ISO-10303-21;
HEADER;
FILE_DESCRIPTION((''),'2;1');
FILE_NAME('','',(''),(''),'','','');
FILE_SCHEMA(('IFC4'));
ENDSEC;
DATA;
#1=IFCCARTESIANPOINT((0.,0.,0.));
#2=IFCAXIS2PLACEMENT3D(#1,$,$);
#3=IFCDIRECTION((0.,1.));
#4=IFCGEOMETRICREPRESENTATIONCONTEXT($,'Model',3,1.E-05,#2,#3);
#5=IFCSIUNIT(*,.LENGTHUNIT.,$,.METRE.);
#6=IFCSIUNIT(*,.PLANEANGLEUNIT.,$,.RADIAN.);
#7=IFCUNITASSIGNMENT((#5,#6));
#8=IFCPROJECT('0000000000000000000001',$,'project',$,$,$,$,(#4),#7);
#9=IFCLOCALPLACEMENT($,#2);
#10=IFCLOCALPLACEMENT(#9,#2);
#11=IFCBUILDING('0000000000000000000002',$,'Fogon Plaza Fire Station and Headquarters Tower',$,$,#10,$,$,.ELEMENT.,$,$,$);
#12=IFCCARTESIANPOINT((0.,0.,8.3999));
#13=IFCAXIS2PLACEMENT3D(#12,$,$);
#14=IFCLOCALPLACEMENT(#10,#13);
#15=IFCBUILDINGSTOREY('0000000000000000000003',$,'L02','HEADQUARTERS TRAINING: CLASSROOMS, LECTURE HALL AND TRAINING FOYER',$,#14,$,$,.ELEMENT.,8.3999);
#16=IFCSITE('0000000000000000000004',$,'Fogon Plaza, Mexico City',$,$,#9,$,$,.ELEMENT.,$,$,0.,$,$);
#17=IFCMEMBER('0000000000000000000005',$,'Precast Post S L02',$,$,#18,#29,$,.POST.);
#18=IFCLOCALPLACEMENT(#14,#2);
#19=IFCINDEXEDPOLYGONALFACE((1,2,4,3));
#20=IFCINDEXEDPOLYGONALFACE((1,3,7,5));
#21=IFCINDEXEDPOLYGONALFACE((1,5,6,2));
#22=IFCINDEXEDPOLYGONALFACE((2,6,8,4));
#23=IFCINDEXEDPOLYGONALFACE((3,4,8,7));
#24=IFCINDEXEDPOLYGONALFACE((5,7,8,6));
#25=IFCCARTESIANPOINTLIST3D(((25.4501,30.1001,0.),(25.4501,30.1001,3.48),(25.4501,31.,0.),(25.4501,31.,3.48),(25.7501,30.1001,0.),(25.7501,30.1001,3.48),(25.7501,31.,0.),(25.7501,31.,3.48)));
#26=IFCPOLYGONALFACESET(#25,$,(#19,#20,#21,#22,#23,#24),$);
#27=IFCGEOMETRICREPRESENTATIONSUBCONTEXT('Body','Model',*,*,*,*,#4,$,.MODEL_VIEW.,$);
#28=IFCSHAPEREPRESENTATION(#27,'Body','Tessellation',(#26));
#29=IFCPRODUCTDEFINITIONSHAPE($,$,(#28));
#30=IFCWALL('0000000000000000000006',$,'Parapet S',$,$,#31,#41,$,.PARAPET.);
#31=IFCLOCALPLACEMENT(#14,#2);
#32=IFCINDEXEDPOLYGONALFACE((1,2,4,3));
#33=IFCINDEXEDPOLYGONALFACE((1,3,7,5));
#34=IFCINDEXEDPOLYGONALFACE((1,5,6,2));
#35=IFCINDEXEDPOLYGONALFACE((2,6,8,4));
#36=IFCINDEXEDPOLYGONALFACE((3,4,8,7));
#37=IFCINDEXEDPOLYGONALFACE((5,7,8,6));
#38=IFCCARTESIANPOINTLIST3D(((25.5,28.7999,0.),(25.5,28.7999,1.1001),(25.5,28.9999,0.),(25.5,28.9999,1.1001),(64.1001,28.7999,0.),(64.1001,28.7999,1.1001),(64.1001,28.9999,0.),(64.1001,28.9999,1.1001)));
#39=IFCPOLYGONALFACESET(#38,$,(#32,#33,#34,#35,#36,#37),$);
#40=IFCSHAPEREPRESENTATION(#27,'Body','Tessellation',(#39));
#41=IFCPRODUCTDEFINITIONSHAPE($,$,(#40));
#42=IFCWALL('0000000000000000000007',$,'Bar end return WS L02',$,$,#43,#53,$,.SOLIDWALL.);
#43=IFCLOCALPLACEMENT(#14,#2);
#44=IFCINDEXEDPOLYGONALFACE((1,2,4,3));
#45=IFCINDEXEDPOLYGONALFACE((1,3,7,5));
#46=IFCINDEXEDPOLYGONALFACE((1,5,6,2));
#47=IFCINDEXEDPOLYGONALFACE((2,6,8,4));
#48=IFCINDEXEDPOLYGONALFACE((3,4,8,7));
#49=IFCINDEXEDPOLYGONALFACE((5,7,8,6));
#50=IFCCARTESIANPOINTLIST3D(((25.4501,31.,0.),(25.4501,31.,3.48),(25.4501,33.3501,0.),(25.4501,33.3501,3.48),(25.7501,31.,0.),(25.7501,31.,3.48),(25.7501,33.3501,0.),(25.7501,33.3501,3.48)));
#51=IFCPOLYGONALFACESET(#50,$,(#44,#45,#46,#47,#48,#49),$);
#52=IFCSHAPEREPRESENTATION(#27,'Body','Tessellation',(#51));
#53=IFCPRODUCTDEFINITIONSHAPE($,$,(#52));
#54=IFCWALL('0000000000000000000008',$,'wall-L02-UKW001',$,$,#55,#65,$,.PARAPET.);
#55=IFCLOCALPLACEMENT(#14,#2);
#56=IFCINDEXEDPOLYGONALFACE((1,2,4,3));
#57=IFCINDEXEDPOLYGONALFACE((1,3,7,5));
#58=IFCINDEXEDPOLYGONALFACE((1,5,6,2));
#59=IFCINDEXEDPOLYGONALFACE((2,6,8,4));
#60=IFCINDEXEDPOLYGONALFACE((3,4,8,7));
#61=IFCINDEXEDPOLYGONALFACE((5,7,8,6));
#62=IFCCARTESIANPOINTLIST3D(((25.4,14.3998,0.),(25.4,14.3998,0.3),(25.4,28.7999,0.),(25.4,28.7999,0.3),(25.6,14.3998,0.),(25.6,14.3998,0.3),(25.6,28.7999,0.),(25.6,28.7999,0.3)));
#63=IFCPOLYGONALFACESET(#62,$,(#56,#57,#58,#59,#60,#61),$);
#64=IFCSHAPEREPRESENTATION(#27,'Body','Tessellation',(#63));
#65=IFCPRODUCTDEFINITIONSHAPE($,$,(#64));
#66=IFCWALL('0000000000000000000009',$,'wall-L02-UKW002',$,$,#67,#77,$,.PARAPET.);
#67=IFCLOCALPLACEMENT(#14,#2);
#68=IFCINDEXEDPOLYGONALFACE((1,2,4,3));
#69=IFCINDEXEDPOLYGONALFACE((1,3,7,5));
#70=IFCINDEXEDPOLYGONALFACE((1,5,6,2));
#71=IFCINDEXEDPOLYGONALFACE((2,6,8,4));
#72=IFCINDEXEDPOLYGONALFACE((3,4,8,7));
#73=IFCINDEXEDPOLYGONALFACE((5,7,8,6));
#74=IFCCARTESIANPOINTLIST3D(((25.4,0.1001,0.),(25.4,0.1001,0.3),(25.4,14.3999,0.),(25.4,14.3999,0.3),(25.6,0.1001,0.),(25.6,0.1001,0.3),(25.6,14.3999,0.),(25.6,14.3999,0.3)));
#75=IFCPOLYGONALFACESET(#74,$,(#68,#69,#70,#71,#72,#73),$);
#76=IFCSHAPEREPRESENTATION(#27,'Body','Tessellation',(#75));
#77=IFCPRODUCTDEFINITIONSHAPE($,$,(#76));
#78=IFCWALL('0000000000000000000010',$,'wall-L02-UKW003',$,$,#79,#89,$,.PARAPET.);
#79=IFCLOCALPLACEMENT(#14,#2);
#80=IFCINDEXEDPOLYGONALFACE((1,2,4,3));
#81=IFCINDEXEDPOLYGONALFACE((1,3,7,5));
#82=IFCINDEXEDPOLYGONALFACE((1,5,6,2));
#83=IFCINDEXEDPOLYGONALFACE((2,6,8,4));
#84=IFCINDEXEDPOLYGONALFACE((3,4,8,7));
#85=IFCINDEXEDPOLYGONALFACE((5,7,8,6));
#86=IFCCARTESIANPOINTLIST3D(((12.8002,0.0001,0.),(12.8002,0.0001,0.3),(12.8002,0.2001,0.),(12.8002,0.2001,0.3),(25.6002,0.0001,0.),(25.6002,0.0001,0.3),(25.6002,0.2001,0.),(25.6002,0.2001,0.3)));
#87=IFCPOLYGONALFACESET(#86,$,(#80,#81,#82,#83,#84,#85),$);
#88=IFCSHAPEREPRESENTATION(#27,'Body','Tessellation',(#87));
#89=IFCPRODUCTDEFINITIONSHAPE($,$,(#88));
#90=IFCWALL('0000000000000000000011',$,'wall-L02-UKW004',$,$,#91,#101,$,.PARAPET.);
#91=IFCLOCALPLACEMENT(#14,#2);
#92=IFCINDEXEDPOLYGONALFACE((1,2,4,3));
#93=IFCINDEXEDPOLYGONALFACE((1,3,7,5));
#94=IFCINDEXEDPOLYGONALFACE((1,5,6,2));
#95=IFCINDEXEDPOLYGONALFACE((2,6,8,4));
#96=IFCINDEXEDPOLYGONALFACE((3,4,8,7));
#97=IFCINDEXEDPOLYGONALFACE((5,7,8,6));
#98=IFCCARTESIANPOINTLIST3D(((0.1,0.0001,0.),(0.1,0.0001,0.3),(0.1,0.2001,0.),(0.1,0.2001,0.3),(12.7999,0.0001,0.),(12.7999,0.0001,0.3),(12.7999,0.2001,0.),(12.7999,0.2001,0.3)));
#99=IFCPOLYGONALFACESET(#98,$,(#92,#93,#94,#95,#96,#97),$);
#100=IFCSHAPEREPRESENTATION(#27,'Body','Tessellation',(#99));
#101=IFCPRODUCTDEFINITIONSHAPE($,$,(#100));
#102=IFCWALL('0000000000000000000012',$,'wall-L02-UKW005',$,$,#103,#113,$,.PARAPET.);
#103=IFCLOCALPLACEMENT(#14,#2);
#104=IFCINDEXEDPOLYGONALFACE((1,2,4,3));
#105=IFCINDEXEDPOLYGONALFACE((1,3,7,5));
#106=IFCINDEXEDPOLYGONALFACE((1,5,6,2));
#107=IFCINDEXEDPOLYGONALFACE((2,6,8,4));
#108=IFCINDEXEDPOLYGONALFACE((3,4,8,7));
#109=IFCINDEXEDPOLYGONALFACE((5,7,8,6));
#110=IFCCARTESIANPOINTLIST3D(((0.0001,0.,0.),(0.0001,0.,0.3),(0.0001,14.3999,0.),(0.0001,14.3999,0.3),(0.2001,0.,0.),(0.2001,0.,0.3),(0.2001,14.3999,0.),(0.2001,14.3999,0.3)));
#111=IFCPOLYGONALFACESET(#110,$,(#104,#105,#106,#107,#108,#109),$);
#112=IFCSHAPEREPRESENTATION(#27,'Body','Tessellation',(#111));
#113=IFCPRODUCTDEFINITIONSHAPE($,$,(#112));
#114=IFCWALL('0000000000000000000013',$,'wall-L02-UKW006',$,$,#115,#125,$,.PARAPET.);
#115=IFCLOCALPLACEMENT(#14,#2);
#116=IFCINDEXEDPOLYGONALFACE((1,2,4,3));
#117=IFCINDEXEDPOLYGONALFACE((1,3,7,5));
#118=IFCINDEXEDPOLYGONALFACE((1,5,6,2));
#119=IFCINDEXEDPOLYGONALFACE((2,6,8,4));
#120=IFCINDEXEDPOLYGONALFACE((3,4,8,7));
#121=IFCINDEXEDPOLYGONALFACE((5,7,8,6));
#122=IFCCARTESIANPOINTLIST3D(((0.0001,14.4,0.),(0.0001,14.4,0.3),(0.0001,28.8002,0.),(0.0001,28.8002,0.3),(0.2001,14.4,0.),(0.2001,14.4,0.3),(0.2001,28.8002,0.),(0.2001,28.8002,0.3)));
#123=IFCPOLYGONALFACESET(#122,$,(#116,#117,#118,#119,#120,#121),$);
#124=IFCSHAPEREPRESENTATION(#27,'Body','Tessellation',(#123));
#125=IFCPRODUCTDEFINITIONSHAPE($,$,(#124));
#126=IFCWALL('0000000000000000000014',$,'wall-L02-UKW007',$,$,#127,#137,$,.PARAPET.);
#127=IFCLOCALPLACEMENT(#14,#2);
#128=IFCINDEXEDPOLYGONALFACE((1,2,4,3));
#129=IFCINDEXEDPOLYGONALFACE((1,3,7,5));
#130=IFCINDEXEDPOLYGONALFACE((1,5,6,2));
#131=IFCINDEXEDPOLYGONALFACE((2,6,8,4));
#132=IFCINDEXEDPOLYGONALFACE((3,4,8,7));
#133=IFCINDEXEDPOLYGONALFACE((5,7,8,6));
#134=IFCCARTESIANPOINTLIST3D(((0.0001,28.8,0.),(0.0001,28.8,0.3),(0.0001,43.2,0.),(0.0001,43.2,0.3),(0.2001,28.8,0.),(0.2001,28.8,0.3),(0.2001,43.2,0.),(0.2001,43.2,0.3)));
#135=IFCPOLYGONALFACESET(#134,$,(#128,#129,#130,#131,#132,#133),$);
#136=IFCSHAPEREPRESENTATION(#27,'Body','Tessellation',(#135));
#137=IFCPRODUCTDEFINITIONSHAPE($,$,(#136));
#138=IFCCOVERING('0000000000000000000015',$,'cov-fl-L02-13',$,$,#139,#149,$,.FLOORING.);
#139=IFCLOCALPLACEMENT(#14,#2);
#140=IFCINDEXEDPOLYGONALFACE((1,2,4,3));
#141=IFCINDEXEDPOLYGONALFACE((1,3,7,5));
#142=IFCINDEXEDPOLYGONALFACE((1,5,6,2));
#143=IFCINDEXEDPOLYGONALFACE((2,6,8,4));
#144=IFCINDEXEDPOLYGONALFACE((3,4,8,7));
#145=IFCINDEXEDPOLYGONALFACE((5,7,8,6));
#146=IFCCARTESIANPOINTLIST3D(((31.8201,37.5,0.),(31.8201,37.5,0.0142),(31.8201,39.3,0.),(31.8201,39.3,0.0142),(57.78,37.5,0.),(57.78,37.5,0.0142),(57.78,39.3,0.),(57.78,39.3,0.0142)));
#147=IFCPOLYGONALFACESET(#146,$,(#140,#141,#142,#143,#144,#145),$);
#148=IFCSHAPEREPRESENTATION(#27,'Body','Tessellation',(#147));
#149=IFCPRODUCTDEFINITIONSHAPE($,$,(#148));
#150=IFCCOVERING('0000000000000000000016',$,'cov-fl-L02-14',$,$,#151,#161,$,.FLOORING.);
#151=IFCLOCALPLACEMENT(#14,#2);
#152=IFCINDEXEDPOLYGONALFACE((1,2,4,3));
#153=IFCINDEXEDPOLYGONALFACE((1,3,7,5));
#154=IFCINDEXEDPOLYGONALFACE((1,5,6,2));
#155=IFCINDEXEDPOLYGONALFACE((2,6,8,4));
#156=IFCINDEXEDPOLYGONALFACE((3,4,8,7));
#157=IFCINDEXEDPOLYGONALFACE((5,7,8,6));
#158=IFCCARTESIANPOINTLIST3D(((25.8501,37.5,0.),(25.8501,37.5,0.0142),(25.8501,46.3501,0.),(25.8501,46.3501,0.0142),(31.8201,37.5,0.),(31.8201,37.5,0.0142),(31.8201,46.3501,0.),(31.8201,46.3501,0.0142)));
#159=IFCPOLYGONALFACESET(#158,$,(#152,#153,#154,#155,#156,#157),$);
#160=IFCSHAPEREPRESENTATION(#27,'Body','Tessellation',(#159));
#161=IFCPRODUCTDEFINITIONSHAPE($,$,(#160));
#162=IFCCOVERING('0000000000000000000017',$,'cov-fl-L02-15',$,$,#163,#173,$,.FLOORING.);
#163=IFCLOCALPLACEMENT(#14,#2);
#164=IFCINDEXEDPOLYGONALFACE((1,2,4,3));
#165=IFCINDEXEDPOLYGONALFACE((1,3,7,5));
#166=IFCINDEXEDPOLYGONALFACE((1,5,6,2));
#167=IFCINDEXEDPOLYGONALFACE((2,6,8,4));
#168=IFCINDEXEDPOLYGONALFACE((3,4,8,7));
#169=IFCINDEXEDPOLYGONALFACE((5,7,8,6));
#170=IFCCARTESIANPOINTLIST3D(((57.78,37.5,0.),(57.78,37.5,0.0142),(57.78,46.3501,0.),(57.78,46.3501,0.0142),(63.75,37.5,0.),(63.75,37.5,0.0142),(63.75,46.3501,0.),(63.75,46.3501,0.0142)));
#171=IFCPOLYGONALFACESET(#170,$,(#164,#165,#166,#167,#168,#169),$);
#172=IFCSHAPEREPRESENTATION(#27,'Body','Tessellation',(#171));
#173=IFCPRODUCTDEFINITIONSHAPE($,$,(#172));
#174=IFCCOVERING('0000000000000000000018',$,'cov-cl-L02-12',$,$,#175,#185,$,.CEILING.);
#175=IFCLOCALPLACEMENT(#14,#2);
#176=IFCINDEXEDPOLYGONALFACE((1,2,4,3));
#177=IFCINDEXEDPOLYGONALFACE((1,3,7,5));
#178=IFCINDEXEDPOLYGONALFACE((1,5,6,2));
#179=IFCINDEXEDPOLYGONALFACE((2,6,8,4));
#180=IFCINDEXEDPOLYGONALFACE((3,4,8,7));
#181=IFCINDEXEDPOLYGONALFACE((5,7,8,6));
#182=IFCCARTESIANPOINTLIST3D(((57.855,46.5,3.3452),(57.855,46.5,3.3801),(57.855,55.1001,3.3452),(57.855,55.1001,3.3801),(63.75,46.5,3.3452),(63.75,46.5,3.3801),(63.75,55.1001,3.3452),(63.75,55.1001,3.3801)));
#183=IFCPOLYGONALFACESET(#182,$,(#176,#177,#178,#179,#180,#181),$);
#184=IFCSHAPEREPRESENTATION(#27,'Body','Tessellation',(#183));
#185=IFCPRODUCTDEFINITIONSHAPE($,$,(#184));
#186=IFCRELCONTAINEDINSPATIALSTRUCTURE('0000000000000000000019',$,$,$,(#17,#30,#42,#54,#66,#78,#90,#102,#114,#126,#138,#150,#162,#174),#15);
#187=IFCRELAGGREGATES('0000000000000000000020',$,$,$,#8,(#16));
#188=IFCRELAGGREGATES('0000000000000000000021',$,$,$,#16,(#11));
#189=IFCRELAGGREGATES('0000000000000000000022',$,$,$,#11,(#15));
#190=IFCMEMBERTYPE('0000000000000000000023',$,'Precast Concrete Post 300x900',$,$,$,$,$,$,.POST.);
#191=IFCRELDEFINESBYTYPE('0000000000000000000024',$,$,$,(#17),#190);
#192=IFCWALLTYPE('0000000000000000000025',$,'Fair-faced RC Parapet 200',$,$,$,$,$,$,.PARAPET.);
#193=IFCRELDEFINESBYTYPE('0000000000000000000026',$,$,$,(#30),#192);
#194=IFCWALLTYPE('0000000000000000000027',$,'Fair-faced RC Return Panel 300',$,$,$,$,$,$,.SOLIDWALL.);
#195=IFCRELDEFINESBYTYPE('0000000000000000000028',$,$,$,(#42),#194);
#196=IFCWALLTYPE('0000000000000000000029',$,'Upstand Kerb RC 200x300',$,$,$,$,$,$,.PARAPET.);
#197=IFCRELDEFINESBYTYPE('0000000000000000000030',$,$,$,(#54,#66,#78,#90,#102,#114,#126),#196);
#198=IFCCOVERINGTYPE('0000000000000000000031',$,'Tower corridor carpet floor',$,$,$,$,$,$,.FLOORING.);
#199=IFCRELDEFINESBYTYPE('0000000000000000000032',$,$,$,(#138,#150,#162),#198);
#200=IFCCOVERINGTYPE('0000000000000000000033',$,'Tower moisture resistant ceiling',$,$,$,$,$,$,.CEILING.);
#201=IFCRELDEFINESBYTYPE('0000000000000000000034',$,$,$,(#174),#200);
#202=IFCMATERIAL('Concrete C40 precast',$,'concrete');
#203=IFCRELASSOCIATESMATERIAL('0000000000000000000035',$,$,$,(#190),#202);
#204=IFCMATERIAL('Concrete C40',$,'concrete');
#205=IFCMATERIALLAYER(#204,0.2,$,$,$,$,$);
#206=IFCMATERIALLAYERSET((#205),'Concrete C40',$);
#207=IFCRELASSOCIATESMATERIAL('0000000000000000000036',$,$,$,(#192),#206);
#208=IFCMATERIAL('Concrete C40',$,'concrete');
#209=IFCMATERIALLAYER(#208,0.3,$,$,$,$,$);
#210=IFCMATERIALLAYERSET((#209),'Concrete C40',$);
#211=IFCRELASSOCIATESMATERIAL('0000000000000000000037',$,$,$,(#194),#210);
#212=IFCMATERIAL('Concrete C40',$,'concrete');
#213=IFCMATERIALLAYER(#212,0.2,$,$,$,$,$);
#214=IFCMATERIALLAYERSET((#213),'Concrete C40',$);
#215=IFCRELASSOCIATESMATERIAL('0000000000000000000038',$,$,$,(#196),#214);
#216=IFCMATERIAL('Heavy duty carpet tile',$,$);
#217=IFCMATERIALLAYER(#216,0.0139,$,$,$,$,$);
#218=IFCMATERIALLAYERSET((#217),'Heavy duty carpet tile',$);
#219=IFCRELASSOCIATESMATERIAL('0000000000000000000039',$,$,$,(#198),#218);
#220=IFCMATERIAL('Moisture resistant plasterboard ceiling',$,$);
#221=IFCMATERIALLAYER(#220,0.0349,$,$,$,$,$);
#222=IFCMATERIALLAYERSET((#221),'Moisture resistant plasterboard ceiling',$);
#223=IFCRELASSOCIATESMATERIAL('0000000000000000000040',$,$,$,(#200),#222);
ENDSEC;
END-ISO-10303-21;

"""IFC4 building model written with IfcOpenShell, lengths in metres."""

from ifc_helpers import new_model, si_unit, direction, frame, frame_2d, origin, origin_2d, place, context, subcontext, project, spatial, polyline, rectangle, outline, extrude, material, layer, layer_set, material_profile, profile_set, type_object, element, save


model = new_model("IFC4")

# Units and contexts
model_context = context("Model", 3, precision=1e-05, world=origin(), true_north=direction((0.0, 1.0)))
body_context = subcontext(model_context, "Body", "Model", "MODEL_VIEW")
ifc_project = project(units=[si_unit("LENGTHUNIT", "METRE"), si_unit("PLANEANGLEUNIT", "RADIAN")], contexts=[model_context])

# Site, building, storey
site_placement = place(None, origin())
site = spatial("IfcSite", under=ifc_project, at=site_placement, Name="Fogon Plaza, Mexico City", CompositionType="ELEMENT", RefElevation=0.0)
building_placement = place(site_placement, origin())
building = spatial("IfcBuilding", under=site, at=building_placement, Name="Fogon Plaza Fire Station and Headquarters Tower", CompositionType="ELEMENT")
storey_placement = place(building_placement, frame((0.0, 0.0, 8.3999)))
storey = spatial("IfcBuildingStorey", under=building, at=storey_placement, Name="L02", Description="HEADQUARTERS TRAINING: CLASSROOMS, LECTURE HALL AND TRAINING FOYER", CompositionType="ELEMENT", Elevation=8.3999)

# Member
ifc_material_1 = material(Name="Concrete C40 precast", Category="concrete")
ifc_material_profile = material_profile(ifc_material_1, rectangle(XDim=0.3, YDim=0.8999, at=origin_2d()), Name="Precast Concrete Post 300x900")
ifc_profile_set = profile_set([ifc_material_profile], Name="Concrete C40 precast")
member_type = type_object("IfcMemberType", Name="Precast Concrete Post 300x900", PredefinedType="POST", material=ifc_profile_set)
member_placement = place(storey_placement, frame((25.6001, 30.55, 0.0), z_axis=(0.0, 0.0, 1.0), x_axis=(1.0, 0.0, 0.0)))
element("IfcMember", 1, at=member_placement, inside=storey, type_object=member_type, Name="Precast Post S L02", PredefinedType="POST", context=body_context, shape_type="SweptSolid", body=[
    extrude(rectangle(XDim=0.3, YDim=0.8999, at=origin_2d()), origin(), (0.0, 0.0, 1.0), 3.48),
])

# Walls
ifc_material_2 = material(Name="Concrete C40", Category="concrete")
ifc_layer_1 = layer(ifc_material_2, 0.2)
ifc_layer_set_1 = layer_set([ifc_layer_1], Name="Concrete C40")
wall_type_1 = type_object("IfcWallType", Name="Fair-faced RC Parapet 200", PredefinedType="PARAPET", material=ifc_layer_set_1)
wall_1_placement = place(storey_placement, frame((25.5, 28.8999, 0.0), z_axis=(0.0, 0.0, 1.0), x_axis=(1.0, 0.0, 0.0)))
element("IfcWall", 2, at=wall_1_placement, inside=storey, type_object=wall_type_1, Name="Parapet S", PredefinedType="PARAPET", context=body_context, shape_type="SweptSolid", body=[
    extrude(rectangle(XDim=38.6001, YDim=0.2, at=frame_2d((19.3, 0.0))), origin(), (0.0, 0.0, 1.0), 1.1001),
])
ifc_material_3 = material(Name="Concrete C40", Category="concrete")
ifc_layer_2 = layer(ifc_material_3, 0.3)
ifc_layer_set_2 = layer_set([ifc_layer_2], Name="Concrete C40")
wall_type_2 = type_object("IfcWallType", Name="Fair-faced RC Return Panel 300", PredefinedType="SOLIDWALL", material=ifc_layer_set_2)
wall_2_placement = place(storey_placement, frame((25.6001, 31.0, 0.0), z_axis=(0.0, 0.0, 1.0), x_axis=(0.0, 1.0, 0.0)))
element("IfcWall", 3, at=wall_2_placement, inside=storey, type_object=wall_type_2, Name="Bar end return WS L02", PredefinedType="SOLIDWALL", context=body_context, shape_type="SweptSolid", body=[
    extrude(rectangle(XDim=2.3501, YDim=0.3, at=frame_2d((1.175, 0.0))), origin(), (0.0, 0.0, 1.0), 3.48),
])
ifc_material_4 = material(Name="Concrete C40", Category="concrete")
ifc_layer_3 = layer(ifc_material_4, 0.2)
ifc_layer_set_3 = layer_set([ifc_layer_3], Name="Concrete C40")
wall_type_3 = type_object("IfcWallType", Name="Upstand Kerb RC 200x300", PredefinedType="PARAPET", material=ifc_layer_set_3)
wall_3_placement = place(storey_placement, frame((25.5, 28.8, 0.0), z_axis=(0.0, 0.0, 1.0), x_axis=(0.0, -1.0, 0.0)))
element("IfcWall", 4, at=wall_3_placement, inside=storey, type_object=wall_type_3, Name="wall-L02-UKW001", PredefinedType="PARAPET", context=body_context, shape_type="SweptSolid", body=[
    extrude(rectangle(XDim=14.4001, YDim=0.2, at=frame_2d((7.2002, 0.0))), origin(), (0.0, 0.0, 1.0), 0.3),
])
wall_4_placement = place(storey_placement, frame((25.5, 14.3999, 0.0), z_axis=(0.0, 0.0, 1.0), x_axis=(0.0, -1.0, 0.0)))
element("IfcWall", 5, at=wall_4_placement, inside=storey, type_object=wall_type_3, Name="wall-L02-UKW002", PredefinedType="PARAPET", context=body_context, shape_type="SweptSolid", body=[
    extrude(rectangle(XDim=14.2998, YDim=0.2, at=frame_2d((7.1499, 0.0))), origin(), (0.0, 0.0, 1.0), 0.3),
])
wall_5_placement = place(storey_placement, frame((25.6001, 0.1001, 0.0), z_axis=(0.0, 0.0, 1.0), x_axis=(-1.0, 0.0, 0.0)))
element("IfcWall", 6, at=wall_5_placement, inside=storey, type_object=wall_type_3, Name="wall-L02-UKW003", PredefinedType="PARAPET", context=body_context, shape_type="SweptSolid", body=[
    extrude(rectangle(XDim=12.8, YDim=0.2, at=frame_2d((6.3999, 0.0))), origin(), (0.0, 0.0, 1.0), 0.3),
])
wall_6_placement = place(storey_placement, frame((12.8, 0.1001, 0.0), z_axis=(0.0, 0.0, 1.0), x_axis=(-1.0, 0.0, 0.0)))
element("IfcWall", 7, at=wall_6_placement, inside=storey, type_object=wall_type_3, Name="wall-L02-UKW004", PredefinedType="PARAPET", context=body_context, shape_type="SweptSolid", body=[
    extrude(rectangle(XDim=12.7, YDim=0.2, at=frame_2d((6.3501, 0.0))), origin(), (0.0, 0.0, 1.0), 0.3),
])
wall_7_placement = place(storey_placement, frame((0.1001, 0.0, 0.0), z_axis=(0.0, 0.0, 1.0), x_axis=(0.0, 1.0, 0.0)))
element("IfcWall", 8, at=wall_7_placement, inside=storey, type_object=wall_type_3, Name="wall-L02-UKW005", PredefinedType="PARAPET", context=body_context, shape_type="SweptSolid", body=[
    extrude(rectangle(XDim=14.3999, YDim=0.2, at=frame_2d((7.2, 0.0))), origin(), (0.0, 0.0, 1.0), 0.3),
])
wall_8_placement = place(storey_placement, frame((0.1001, 14.3999, 0.0), z_axis=(0.0, 0.0, 1.0), x_axis=(0.0, 1.0, 0.0)))
element("IfcWall", 9, at=wall_8_placement, inside=storey, type_object=wall_type_3, Name="wall-L02-UKW006", PredefinedType="PARAPET", context=body_context, shape_type="SweptSolid", body=[
    extrude(rectangle(XDim=14.4001, YDim=0.2, at=frame_2d((7.2002, 0.0))), origin(), (0.0, 0.0, 1.0), 0.3),
])
wall_9_placement = place(storey_placement, frame((0.1001, 28.8, 0.0), z_axis=(0.0, 0.0, 1.0), x_axis=(0.0, 1.0, 0.0)))
element("IfcWall", 10, at=wall_9_placement, inside=storey, type_object=wall_type_3, Name="wall-L02-UKW007", PredefinedType="PARAPET", context=body_context, shape_type="SweptSolid", body=[
    extrude(rectangle(XDim=14.3999, YDim=0.2, at=frame_2d((7.2, 0.0))), origin(), (0.0, 0.0, 1.0), 0.3),
])

# Coverings
ifc_material_5 = material(Name="Heavy duty carpet tile")
ifc_layer_4 = layer(ifc_material_5, 0.0139)
ifc_layer_set_4 = layer_set([ifc_layer_4], Name="Heavy duty carpet tile")
covering_type_1 = type_object("IfcCoveringType", Name="Tower corridor carpet floor", PredefinedType="FLOORING", material=ifc_layer_set_4)
covering_1_placement = place(storey_placement, origin())
element("IfcCovering", 11, at=covering_1_placement, inside=storey, type_object=covering_type_1, Name="cov-fl-L02-13", PredefinedType="FLOORING", context=body_context, shape_type="SweptSolid", body=[
    extrude(outline(polyline([(57.78, 37.5), (57.78, 39.3), (31.8201, 39.3), (31.8201, 37.5), (57.78, 37.5)])), origin(), (0.0, 0.0, 1.0), 0.0142),
])
covering_2_placement = place(storey_placement, origin())
element("IfcCovering", 12, at=covering_2_placement, inside=storey, type_object=covering_type_1, Name="cov-fl-L02-14", PredefinedType="FLOORING", context=body_context, shape_type="SweptSolid", body=[
    extrude(outline(polyline([(31.8201, 37.5), (31.8201, 46.3501), (25.8501, 46.3501), (25.8501, 37.5), (31.8201, 37.5)])), origin(), (0.0, 0.0, 1.0), 0.0142),
])
covering_3_placement = place(storey_placement, origin())
element("IfcCovering", 13, at=covering_3_placement, inside=storey, type_object=covering_type_1, Name="cov-fl-L02-15", PredefinedType="FLOORING", context=body_context, shape_type="SweptSolid", body=[
    extrude(outline(polyline([(63.75, 37.5), (63.75, 46.3501), (57.78, 46.3501), (57.78, 37.5), (63.75, 37.5)])), origin(), (0.0, 0.0, 1.0), 0.0142),
])
ifc_material_6 = material(Name="Moisture resistant plasterboard ceiling")
ifc_layer_5 = layer(ifc_material_6, 0.0349)
ifc_layer_set_5 = layer_set([ifc_layer_5], Name="Moisture resistant plasterboard ceiling")
covering_type_2 = type_object("IfcCoveringType", Name="Tower moisture resistant ceiling", PredefinedType="CEILING", material=ifc_layer_set_5)
covering_4_placement = place(storey_placement, frame((0.0, 0.0, 3.3452)))
element("IfcCovering", 14, at=covering_4_placement, inside=storey, type_object=covering_type_2, Name="cov-cl-L02-12", PredefinedType="CEILING", context=body_context, shape_type="SweptSolid", body=[
    extrude(outline(polyline([(63.75, 46.5), (63.75, 55.1001), (57.855, 55.1001), (57.855, 46.5), (63.75, 46.5)])), origin(), (0.0, 0.0, 1.0), 0.0349),
])

save(model, "model.ifc")
